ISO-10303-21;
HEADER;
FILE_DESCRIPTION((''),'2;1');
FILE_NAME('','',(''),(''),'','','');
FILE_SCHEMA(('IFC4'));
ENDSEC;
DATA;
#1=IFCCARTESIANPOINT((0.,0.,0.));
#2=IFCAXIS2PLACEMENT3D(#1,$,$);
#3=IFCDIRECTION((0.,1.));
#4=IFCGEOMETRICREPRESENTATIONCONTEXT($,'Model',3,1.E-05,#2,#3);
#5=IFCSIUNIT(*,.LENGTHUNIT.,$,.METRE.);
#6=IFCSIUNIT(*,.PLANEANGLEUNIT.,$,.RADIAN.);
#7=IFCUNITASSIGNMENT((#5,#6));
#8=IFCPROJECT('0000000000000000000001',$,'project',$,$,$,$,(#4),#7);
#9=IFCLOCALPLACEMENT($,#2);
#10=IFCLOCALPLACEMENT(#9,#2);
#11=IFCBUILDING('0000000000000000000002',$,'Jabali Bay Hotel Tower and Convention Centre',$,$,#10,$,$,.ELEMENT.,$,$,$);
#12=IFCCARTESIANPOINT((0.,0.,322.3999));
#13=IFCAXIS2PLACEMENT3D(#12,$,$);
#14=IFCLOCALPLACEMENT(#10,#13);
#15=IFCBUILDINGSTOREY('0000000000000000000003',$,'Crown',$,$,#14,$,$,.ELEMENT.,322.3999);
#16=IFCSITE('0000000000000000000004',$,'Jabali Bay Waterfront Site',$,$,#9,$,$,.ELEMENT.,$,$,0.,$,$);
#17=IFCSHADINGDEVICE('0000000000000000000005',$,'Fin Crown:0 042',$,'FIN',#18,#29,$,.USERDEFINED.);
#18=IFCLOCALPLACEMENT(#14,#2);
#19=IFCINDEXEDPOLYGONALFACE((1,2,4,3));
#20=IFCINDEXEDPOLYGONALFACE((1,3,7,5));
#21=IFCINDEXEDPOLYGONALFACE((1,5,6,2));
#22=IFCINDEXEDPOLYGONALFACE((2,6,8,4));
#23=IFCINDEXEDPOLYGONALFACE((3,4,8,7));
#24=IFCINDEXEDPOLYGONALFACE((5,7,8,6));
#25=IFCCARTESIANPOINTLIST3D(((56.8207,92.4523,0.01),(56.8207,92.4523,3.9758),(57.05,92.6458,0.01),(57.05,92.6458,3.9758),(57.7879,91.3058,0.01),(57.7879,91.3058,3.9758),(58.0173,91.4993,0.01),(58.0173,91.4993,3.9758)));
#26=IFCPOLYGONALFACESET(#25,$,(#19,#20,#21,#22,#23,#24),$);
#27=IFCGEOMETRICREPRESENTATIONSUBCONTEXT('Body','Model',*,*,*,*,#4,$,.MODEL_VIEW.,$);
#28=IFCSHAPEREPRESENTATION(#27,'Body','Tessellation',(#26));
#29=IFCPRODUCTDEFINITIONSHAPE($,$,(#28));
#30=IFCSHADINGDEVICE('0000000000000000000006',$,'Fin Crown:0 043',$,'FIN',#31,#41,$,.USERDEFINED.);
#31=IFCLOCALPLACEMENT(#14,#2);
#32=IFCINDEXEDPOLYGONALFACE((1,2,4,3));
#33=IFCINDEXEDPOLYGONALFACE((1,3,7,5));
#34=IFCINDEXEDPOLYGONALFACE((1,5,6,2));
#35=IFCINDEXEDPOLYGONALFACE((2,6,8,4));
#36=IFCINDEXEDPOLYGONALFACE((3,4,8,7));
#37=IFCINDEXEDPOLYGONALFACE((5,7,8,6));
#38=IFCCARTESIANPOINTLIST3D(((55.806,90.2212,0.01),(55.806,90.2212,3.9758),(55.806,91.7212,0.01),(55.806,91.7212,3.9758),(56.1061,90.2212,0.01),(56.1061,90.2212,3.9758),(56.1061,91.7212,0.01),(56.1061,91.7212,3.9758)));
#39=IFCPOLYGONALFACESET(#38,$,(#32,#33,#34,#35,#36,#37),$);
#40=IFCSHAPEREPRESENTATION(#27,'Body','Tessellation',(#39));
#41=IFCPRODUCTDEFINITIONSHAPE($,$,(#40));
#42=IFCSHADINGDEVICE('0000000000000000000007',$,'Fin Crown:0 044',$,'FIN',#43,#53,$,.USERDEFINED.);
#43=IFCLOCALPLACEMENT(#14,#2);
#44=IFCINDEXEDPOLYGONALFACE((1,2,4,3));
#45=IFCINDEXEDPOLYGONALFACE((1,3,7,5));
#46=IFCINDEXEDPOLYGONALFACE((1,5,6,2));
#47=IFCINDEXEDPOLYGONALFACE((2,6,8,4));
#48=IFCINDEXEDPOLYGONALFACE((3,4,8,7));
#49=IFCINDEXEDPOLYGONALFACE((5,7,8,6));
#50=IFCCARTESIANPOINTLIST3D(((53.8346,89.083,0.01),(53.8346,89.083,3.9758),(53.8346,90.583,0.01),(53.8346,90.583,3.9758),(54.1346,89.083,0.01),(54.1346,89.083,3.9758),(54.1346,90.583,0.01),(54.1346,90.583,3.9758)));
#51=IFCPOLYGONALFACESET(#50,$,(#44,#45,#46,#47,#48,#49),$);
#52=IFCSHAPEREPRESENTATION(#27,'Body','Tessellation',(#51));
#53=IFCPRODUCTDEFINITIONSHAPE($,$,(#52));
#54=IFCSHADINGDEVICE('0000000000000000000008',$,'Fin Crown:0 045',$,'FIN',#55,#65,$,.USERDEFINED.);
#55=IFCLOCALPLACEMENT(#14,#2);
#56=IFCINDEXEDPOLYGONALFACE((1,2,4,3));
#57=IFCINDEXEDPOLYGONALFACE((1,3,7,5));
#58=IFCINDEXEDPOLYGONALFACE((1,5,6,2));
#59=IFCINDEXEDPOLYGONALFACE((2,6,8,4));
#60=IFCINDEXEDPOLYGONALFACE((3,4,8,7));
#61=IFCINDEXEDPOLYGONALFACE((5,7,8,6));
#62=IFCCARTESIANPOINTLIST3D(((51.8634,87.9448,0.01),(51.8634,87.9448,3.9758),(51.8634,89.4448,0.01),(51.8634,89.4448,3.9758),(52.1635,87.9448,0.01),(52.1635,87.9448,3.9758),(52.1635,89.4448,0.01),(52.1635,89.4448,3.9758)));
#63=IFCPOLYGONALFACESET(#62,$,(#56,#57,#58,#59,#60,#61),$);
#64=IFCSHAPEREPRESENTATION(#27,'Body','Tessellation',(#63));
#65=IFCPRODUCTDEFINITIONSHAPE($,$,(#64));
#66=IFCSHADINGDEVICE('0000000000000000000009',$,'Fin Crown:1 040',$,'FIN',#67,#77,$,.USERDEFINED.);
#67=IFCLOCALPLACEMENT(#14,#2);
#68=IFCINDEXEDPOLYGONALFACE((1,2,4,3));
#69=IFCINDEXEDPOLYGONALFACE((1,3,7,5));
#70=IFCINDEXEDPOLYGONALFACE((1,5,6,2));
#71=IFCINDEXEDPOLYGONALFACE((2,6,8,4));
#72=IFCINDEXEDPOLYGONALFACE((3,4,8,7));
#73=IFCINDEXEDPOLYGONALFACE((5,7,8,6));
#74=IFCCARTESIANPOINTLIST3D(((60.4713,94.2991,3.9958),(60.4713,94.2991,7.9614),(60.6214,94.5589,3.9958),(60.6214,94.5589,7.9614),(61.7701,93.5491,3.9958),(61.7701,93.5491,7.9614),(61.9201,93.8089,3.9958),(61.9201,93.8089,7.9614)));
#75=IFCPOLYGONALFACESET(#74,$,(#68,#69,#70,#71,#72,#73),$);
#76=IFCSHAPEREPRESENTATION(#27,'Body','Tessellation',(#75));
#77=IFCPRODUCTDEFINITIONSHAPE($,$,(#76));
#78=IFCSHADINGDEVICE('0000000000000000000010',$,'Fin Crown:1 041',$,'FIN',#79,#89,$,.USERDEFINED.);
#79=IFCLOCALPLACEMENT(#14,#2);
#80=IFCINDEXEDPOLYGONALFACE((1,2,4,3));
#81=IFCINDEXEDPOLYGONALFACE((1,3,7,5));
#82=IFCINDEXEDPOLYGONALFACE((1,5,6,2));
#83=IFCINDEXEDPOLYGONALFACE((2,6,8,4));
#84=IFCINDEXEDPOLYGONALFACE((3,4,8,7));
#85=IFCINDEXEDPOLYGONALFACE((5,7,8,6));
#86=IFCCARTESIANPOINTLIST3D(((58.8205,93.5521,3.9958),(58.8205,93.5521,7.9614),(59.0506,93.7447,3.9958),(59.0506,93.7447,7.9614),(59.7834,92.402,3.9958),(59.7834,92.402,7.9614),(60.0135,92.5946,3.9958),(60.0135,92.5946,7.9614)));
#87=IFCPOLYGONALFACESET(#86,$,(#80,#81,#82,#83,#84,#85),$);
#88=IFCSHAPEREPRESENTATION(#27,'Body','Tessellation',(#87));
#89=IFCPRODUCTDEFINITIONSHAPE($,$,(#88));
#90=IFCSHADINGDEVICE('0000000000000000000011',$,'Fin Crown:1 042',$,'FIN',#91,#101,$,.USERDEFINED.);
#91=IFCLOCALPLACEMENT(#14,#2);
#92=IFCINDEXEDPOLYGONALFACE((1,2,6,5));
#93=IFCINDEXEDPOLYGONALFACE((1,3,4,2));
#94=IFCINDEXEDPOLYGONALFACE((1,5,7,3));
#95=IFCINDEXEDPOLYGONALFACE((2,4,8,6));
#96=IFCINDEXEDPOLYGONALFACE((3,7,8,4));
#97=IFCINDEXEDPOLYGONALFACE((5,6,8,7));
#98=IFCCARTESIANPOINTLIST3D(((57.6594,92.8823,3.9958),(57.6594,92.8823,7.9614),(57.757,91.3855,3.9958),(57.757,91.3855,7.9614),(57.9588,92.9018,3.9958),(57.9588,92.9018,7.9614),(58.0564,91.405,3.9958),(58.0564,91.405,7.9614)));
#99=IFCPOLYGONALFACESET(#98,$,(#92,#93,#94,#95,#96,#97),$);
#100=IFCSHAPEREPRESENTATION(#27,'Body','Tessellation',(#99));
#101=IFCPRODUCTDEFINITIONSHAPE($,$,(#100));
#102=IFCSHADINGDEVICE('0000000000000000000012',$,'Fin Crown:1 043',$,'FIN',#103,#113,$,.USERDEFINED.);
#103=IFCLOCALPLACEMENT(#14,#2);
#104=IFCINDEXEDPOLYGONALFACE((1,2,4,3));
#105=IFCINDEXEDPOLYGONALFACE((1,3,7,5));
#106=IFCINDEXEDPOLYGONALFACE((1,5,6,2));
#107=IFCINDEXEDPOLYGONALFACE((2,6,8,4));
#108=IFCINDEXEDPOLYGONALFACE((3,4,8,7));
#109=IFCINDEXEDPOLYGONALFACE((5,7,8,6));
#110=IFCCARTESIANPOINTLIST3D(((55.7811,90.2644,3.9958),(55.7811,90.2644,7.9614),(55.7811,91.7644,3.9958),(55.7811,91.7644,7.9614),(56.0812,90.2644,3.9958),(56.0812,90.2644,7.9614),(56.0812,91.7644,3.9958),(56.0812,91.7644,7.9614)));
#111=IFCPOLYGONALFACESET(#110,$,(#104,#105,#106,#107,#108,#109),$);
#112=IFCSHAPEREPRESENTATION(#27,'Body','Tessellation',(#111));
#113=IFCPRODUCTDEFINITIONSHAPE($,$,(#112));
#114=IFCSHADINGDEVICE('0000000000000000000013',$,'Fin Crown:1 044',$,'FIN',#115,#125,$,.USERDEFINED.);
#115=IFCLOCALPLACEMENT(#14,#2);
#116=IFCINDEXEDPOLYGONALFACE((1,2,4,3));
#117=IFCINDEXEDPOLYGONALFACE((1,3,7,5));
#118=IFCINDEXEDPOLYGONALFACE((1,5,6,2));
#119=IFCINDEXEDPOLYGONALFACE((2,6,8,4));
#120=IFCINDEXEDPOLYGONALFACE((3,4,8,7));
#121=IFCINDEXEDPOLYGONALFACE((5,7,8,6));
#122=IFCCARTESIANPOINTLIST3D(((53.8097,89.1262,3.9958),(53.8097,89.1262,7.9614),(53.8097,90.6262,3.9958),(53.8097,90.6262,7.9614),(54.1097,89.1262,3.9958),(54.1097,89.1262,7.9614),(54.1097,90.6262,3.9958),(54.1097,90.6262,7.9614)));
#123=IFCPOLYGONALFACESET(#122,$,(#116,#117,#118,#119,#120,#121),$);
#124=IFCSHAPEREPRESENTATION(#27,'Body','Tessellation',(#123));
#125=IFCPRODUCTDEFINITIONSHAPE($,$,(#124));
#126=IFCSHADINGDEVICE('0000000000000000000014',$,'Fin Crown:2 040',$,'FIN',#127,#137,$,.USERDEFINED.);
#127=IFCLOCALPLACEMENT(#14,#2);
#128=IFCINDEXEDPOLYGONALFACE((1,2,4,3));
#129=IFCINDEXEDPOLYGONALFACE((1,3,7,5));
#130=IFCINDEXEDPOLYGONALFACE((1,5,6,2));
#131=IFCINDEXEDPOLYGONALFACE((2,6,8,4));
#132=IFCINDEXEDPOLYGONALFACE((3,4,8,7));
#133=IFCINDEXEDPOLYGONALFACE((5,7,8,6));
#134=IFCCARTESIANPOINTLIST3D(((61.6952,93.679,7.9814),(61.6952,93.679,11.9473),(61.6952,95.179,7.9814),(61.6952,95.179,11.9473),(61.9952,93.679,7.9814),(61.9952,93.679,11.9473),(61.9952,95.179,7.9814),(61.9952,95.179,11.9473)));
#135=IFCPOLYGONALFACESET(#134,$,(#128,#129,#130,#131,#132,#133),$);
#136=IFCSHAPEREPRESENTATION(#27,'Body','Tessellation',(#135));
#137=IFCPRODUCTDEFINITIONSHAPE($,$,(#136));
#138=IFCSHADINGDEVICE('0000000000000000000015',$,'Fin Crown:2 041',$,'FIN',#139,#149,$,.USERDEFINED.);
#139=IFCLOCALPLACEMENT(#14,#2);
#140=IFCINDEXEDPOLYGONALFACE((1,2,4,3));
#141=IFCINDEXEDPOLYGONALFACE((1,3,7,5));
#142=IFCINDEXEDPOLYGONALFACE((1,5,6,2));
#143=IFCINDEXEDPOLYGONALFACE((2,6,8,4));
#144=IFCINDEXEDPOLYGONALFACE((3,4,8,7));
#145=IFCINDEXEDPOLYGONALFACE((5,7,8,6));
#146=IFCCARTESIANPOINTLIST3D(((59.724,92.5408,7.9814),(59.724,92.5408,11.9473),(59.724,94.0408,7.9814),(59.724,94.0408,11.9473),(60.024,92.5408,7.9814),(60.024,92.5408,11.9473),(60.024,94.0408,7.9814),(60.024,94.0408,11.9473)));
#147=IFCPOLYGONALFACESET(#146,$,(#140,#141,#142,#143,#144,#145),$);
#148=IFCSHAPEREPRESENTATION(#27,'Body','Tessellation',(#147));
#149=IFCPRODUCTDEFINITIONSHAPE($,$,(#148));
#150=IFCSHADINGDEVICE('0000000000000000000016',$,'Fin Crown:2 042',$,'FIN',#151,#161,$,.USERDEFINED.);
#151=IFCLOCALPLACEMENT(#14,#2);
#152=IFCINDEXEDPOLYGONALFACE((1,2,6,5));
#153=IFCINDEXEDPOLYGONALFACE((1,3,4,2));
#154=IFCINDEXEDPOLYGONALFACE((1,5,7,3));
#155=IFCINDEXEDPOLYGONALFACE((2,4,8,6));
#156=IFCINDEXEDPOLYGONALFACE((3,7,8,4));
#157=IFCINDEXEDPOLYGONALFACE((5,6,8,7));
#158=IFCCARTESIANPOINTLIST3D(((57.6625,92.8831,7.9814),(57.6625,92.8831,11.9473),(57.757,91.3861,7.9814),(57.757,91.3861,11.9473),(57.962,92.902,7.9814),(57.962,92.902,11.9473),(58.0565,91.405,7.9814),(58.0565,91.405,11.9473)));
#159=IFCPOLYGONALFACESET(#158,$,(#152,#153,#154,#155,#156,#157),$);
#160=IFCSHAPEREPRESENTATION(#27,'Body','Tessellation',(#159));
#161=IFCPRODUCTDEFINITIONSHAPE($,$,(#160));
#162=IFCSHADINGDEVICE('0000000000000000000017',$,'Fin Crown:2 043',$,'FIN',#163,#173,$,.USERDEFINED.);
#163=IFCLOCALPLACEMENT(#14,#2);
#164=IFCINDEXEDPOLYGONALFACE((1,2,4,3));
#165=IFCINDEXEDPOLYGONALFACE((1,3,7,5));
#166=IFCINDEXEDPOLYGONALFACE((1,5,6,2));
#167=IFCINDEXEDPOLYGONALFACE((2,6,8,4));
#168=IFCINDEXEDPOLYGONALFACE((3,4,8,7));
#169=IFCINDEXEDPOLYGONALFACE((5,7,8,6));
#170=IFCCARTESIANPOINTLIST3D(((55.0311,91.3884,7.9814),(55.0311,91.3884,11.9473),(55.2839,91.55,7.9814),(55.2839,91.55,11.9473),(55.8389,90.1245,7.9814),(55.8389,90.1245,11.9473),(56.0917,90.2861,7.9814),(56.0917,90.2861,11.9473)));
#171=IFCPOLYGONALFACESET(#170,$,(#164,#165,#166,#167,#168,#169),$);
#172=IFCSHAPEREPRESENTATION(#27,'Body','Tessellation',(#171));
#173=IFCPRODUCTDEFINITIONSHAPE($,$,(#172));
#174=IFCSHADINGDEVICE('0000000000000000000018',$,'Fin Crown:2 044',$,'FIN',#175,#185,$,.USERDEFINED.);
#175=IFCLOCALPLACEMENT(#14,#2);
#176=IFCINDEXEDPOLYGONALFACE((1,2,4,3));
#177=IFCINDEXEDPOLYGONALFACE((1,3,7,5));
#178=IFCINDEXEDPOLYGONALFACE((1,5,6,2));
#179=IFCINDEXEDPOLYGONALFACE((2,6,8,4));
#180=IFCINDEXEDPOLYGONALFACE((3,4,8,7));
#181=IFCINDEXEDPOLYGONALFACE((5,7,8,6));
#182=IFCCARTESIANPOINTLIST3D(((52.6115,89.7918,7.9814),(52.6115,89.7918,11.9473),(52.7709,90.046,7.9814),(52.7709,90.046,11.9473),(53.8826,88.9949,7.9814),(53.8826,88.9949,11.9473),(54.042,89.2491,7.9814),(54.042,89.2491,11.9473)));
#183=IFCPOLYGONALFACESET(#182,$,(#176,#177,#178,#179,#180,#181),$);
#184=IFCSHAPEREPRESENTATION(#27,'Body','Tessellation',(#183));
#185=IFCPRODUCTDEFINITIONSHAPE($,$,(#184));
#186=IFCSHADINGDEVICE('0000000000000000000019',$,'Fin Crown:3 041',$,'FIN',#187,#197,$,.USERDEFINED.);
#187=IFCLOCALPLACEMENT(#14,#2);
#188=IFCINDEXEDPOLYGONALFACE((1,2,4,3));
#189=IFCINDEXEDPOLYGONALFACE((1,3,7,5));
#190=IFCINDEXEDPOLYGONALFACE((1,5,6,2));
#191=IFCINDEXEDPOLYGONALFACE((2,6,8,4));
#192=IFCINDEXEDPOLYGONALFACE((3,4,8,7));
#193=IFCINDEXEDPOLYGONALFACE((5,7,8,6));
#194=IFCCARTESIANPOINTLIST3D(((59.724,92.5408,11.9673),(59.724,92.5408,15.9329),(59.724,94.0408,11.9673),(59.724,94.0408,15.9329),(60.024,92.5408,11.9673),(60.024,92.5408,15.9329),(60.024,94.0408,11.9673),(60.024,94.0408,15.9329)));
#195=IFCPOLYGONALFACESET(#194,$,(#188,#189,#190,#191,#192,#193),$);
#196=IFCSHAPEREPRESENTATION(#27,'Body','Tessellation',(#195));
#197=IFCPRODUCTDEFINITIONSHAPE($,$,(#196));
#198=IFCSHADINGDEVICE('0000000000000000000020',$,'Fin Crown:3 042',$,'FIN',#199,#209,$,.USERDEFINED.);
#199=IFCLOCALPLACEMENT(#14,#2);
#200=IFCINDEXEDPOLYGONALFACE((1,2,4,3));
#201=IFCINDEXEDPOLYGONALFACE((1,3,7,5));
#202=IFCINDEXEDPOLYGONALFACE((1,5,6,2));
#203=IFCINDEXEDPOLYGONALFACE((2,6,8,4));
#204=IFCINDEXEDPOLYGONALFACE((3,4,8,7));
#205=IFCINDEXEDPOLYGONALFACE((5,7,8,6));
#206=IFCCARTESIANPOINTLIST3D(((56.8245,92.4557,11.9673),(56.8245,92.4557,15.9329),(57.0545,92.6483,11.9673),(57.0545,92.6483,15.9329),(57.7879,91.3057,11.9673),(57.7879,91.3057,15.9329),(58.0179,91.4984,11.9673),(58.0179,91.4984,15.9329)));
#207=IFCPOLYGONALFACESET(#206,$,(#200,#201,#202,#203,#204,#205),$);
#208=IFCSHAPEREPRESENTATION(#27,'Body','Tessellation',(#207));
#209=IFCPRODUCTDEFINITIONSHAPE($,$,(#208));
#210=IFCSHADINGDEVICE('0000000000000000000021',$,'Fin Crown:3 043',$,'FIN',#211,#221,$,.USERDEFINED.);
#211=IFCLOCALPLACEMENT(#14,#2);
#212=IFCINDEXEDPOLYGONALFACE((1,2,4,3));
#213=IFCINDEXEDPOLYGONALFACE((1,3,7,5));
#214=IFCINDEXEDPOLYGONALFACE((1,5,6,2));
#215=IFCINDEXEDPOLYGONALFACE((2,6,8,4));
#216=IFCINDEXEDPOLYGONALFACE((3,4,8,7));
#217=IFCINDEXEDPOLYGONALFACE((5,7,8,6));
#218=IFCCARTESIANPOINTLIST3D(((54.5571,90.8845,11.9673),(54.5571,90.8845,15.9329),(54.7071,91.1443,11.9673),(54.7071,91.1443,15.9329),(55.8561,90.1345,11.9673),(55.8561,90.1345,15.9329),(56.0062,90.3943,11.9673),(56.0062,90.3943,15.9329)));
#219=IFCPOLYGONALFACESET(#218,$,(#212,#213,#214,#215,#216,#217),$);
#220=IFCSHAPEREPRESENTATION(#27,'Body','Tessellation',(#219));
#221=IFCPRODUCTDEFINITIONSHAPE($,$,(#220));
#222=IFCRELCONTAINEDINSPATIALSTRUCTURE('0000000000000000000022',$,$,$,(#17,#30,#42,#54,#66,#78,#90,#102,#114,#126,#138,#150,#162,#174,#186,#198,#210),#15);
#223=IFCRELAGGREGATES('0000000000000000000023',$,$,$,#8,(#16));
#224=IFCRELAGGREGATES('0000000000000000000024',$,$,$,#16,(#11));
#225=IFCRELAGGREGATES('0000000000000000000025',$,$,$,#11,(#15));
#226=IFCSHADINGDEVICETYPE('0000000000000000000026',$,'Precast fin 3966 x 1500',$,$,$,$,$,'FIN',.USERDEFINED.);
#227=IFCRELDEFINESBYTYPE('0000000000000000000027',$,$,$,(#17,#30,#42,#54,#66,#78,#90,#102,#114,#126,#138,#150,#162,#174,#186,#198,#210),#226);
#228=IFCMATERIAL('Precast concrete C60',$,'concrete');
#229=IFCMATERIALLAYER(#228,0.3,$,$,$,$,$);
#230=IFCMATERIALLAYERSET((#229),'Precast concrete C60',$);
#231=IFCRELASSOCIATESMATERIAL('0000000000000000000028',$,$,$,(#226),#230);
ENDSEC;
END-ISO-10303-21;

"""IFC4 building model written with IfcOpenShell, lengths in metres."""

from ifc_helpers import new_model, si_unit, direction, frame, frame_2d, origin, place, context, subcontext, project, spatial, rectangle, extrude, material, layer, layer_set, type_object, element, save


model = new_model("IFC4")

# Units and contexts
model_context = context("Model", 3, precision=1e-05, world=origin(), true_north=direction((0.0, 1.0)))
body_context = subcontext(model_context, "Body", "Model", "MODEL_VIEW")
ifc_project = project(units=[si_unit("LENGTHUNIT", "METRE"), si_unit("PLANEANGLEUNIT", "RADIAN")], contexts=[model_context])

# Site, building, storey
site_placement = place(None, origin())
site = spatial("IfcSite", under=ifc_project, at=site_placement, Name="Jabali Bay Waterfront Site", CompositionType="ELEMENT", RefElevation=0.0)
building_placement = place(site_placement, origin())
building = spatial("IfcBuilding", under=site, at=building_placement, Name="Jabali Bay Hotel Tower and Convention Centre", CompositionType="ELEMENT")
storey_placement = place(building_placement, frame((0.0, 0.0, 322.3999)))
storey = spatial("IfcBuildingStorey", under=building, at=storey_placement, Name="Crown", CompositionType="ELEMENT", Elevation=322.3999)

# Shading devices
ifc_material_1 = material(Name="Precast concrete C60", Category="concrete")
ifc_layer = layer(ifc_material_1, 0.3)
ifc_layer_set = layer_set([ifc_layer], Name="Precast concrete C60")
shading_device_type = type_object("IfcShadingDeviceType", Name="Precast fin 3966 x 1500", ElementType="FIN", PredefinedType="USERDEFINED", material=ifc_layer_set)
for number, where, z_axis, x_axis, name in (
    (1, (57.9026, 91.4026, 0.01), (0.0, 0.0, 1.0), (-0.644847, 0.764312, 0.0), "Fin Crown:0 042"),
    (2, (55.9561, 90.2212, 0.01), (0.0, 0.0, 1.0), (0.0, 1.0, 0.0), "Fin Crown:0 043"),
    (3, (53.9846, 89.083, 0.01), (0.0, 0.0, 1.0), (0.0, 1.0, 0.0), "Fin Crown:0 044"),
    (4, (52.0134, 87.9448, 0.01), (0.0, 0.0, 1.0), (0.0, 1.0, 0.0), "Fin Crown:0 045"),
):
    element("IfcShadingDevice", number, at=place(storey_placement, frame(where, z_axis=z_axis, x_axis=x_axis)), inside=storey, type_object=shading_device_type, Name=name, ObjectType="FIN", PredefinedType="USERDEFINED", context=body_context, shape_type="SweptSolid", body=[
        extrude(rectangle(XDim=1.5, YDim=0.3, at=frame_2d((0.75, 0.0))), origin(), (0.0, 0.0, 1.0), 3.9658),
    ])
shading_device_1_placement = place(storey_placement, frame((61.8452, 93.679, 3.9958), z_axis=(0.0, 0.0, 1.0), x_axis=(-0.86599, 0.500061, 0.0)))
element("IfcShadingDevice", 5, at=shading_device_1_placement, inside=storey, type_object=shading_device_type, Name="Fin Crown:1 040", ObjectType="FIN", PredefinedType="USERDEFINED", context=body_context, shape_type="SweptSolid", body=[
    extrude(rectangle(XDim=1.4998, YDim=0.3, at=frame_2d((0.75, 0.0))), origin(), (0.0, 0.0, 1.0), 3.9656),
])
for number, where, z_axis, x_axis, name in (
    (6, (59.8984, 92.4983, 3.9958), (0.0, 0.0, 1.0), (-0.641928, 0.766765, 0.0), "Fin Crown:1 041"),
    (7, (57.9067, 91.3953, 3.9958), (0.0, 0.0, 1.0), (-0.065104, 0.997878, 0.0), "Fin Crown:1 042"),
    (8, (55.9312, 90.2644, 3.9958), (0.0, 0.0, 1.0), (0.0, 1.0, 0.0), "Fin Crown:1 043"),
    (9, (53.9597, 89.1262, 3.9958), (0.0, 0.0, 1.0), (0.0, 1.0, 0.0), "Fin Crown:1 044"),
):
    element("IfcShadingDevice", number, at=place(storey_placement, frame(where, z_axis=z_axis, x_axis=x_axis)), inside=storey, type_object=shading_device_type, Name=name, ObjectType="FIN", PredefinedType="USERDEFINED", context=body_context, shape_type="SweptSolid", body=[
        extrude(rectangle(XDim=1.5, YDim=0.3, at=frame_2d((0.75, 0.0))), origin(), (0.0, 0.0, 1.0), 3.9656),
    ])
for number, where, z_axis, x_axis, name in (
    (10, (61.8452, 93.679, 7.9814), (0.0, 0.0, 1.0), (0.0, 1.0, 0.0), "Fin Crown:2 040"),
    (11, (59.874, 92.5408, 7.9814), (0.0, 0.0, 1.0), (0.0, 1.0, 0.0), "Fin Crown:2 041"),
    (12, (57.9067, 91.3955, 7.9814), (0.0, 0.0, 1.0), (-0.062986, 0.998014, 0.0), "Fin Crown:2 042"),
    (13, (55.9653, 90.2053, 7.9814), (0.0, 0.0, 1.0), (-0.538559, 0.842588, 0.0), "Fin Crown:2 043"),
):
    element("IfcShadingDevice", number, at=place(storey_placement, frame(where, z_axis=z_axis, x_axis=x_axis)), inside=storey, type_object=shading_device_type, Name=name, ObjectType="FIN", PredefinedType="USERDEFINED", context=body_context, shape_type="SweptSolid", body=[
        extrude(rectangle(XDim=1.5, YDim=0.3, at=frame_2d((0.75, 0.0))), origin(), (0.0, 0.0, 1.0), 3.9658),
    ])
shading_device_2_placement = place(storey_placement, frame((53.9622, 89.1221, 7.9814), z_axis=(0.0, 0.0, 1.0), x_axis=(-0.847248, 0.531198, 0.0)))
element("IfcShadingDevice", 14, at=shading_device_2_placement, inside=storey, type_object=shading_device_type, Name="Fin Crown:2 044", ObjectType="FIN", PredefinedType="USERDEFINED", context=body_context, shape_type="SweptSolid", body=[
    extrude(rectangle(XDim=1.5002, YDim=0.3, at=frame_2d((0.75, 0.0))), origin(), (0.0, 0.0, 1.0), 3.9658),
])
shading_device_3_placement = place(storey_placement, frame((59.874, 92.5408, 11.9673), z_axis=(0.0, 0.0, 1.0), x_axis=(0.0, 1.0, 0.0)))
element("IfcShadingDevice", 15, at=shading_device_3_placement, inside=storey, type_object=shading_device_type, Name="Fin Crown:3 041", ObjectType="FIN", PredefinedType="USERDEFINED", context=body_context, shape_type="SweptSolid", body=[
    extrude(rectangle(XDim=1.5, YDim=0.3, at=frame_2d((0.75, 0.0))), origin(), (0.0, 0.0, 1.0), 3.9656),
])
shading_device_4_placement = place(storey_placement, frame((57.9028, 91.4021, 11.9673), z_axis=(0.0, 0.0, 1.0), x_axis=(-0.642199, 0.766538, 0.0)))
element("IfcShadingDevice", 16, at=shading_device_4_placement, inside=storey, type_object=shading_device_type, Name="Fin Crown:3 042", ObjectType="FIN", PredefinedType="USERDEFINED", context=body_context, shape_type="SweptSolid", body=[
    extrude(rectangle(XDim=1.5002, YDim=0.3, at=frame_2d((0.75, 0.0))), origin(), (0.0, 0.0, 1.0), 3.9656),
])
for number, where, z_axis, x_axis, name in (
    (17, (55.9312, 90.2644, 11.9673), (0.0, 0.0, 1.0), (-0.866031, 0.49999, 0.0), "Fin Crown:3 043"),
):
    element("IfcShadingDevice", number, at=place(storey_placement, frame(where, z_axis=z_axis, x_axis=x_axis)), inside=storey, type_object=shading_device_type, Name=name, ObjectType="FIN", PredefinedType="USERDEFINED", context=body_context, shape_type="SweptSolid", body=[
        extrude(rectangle(XDim=1.5, YDim=0.3, at=frame_2d((0.75, 0.0))), origin(), (0.0, 0.0, 1.0), 3.9656),
    ])

save(model, "model.ifc")
